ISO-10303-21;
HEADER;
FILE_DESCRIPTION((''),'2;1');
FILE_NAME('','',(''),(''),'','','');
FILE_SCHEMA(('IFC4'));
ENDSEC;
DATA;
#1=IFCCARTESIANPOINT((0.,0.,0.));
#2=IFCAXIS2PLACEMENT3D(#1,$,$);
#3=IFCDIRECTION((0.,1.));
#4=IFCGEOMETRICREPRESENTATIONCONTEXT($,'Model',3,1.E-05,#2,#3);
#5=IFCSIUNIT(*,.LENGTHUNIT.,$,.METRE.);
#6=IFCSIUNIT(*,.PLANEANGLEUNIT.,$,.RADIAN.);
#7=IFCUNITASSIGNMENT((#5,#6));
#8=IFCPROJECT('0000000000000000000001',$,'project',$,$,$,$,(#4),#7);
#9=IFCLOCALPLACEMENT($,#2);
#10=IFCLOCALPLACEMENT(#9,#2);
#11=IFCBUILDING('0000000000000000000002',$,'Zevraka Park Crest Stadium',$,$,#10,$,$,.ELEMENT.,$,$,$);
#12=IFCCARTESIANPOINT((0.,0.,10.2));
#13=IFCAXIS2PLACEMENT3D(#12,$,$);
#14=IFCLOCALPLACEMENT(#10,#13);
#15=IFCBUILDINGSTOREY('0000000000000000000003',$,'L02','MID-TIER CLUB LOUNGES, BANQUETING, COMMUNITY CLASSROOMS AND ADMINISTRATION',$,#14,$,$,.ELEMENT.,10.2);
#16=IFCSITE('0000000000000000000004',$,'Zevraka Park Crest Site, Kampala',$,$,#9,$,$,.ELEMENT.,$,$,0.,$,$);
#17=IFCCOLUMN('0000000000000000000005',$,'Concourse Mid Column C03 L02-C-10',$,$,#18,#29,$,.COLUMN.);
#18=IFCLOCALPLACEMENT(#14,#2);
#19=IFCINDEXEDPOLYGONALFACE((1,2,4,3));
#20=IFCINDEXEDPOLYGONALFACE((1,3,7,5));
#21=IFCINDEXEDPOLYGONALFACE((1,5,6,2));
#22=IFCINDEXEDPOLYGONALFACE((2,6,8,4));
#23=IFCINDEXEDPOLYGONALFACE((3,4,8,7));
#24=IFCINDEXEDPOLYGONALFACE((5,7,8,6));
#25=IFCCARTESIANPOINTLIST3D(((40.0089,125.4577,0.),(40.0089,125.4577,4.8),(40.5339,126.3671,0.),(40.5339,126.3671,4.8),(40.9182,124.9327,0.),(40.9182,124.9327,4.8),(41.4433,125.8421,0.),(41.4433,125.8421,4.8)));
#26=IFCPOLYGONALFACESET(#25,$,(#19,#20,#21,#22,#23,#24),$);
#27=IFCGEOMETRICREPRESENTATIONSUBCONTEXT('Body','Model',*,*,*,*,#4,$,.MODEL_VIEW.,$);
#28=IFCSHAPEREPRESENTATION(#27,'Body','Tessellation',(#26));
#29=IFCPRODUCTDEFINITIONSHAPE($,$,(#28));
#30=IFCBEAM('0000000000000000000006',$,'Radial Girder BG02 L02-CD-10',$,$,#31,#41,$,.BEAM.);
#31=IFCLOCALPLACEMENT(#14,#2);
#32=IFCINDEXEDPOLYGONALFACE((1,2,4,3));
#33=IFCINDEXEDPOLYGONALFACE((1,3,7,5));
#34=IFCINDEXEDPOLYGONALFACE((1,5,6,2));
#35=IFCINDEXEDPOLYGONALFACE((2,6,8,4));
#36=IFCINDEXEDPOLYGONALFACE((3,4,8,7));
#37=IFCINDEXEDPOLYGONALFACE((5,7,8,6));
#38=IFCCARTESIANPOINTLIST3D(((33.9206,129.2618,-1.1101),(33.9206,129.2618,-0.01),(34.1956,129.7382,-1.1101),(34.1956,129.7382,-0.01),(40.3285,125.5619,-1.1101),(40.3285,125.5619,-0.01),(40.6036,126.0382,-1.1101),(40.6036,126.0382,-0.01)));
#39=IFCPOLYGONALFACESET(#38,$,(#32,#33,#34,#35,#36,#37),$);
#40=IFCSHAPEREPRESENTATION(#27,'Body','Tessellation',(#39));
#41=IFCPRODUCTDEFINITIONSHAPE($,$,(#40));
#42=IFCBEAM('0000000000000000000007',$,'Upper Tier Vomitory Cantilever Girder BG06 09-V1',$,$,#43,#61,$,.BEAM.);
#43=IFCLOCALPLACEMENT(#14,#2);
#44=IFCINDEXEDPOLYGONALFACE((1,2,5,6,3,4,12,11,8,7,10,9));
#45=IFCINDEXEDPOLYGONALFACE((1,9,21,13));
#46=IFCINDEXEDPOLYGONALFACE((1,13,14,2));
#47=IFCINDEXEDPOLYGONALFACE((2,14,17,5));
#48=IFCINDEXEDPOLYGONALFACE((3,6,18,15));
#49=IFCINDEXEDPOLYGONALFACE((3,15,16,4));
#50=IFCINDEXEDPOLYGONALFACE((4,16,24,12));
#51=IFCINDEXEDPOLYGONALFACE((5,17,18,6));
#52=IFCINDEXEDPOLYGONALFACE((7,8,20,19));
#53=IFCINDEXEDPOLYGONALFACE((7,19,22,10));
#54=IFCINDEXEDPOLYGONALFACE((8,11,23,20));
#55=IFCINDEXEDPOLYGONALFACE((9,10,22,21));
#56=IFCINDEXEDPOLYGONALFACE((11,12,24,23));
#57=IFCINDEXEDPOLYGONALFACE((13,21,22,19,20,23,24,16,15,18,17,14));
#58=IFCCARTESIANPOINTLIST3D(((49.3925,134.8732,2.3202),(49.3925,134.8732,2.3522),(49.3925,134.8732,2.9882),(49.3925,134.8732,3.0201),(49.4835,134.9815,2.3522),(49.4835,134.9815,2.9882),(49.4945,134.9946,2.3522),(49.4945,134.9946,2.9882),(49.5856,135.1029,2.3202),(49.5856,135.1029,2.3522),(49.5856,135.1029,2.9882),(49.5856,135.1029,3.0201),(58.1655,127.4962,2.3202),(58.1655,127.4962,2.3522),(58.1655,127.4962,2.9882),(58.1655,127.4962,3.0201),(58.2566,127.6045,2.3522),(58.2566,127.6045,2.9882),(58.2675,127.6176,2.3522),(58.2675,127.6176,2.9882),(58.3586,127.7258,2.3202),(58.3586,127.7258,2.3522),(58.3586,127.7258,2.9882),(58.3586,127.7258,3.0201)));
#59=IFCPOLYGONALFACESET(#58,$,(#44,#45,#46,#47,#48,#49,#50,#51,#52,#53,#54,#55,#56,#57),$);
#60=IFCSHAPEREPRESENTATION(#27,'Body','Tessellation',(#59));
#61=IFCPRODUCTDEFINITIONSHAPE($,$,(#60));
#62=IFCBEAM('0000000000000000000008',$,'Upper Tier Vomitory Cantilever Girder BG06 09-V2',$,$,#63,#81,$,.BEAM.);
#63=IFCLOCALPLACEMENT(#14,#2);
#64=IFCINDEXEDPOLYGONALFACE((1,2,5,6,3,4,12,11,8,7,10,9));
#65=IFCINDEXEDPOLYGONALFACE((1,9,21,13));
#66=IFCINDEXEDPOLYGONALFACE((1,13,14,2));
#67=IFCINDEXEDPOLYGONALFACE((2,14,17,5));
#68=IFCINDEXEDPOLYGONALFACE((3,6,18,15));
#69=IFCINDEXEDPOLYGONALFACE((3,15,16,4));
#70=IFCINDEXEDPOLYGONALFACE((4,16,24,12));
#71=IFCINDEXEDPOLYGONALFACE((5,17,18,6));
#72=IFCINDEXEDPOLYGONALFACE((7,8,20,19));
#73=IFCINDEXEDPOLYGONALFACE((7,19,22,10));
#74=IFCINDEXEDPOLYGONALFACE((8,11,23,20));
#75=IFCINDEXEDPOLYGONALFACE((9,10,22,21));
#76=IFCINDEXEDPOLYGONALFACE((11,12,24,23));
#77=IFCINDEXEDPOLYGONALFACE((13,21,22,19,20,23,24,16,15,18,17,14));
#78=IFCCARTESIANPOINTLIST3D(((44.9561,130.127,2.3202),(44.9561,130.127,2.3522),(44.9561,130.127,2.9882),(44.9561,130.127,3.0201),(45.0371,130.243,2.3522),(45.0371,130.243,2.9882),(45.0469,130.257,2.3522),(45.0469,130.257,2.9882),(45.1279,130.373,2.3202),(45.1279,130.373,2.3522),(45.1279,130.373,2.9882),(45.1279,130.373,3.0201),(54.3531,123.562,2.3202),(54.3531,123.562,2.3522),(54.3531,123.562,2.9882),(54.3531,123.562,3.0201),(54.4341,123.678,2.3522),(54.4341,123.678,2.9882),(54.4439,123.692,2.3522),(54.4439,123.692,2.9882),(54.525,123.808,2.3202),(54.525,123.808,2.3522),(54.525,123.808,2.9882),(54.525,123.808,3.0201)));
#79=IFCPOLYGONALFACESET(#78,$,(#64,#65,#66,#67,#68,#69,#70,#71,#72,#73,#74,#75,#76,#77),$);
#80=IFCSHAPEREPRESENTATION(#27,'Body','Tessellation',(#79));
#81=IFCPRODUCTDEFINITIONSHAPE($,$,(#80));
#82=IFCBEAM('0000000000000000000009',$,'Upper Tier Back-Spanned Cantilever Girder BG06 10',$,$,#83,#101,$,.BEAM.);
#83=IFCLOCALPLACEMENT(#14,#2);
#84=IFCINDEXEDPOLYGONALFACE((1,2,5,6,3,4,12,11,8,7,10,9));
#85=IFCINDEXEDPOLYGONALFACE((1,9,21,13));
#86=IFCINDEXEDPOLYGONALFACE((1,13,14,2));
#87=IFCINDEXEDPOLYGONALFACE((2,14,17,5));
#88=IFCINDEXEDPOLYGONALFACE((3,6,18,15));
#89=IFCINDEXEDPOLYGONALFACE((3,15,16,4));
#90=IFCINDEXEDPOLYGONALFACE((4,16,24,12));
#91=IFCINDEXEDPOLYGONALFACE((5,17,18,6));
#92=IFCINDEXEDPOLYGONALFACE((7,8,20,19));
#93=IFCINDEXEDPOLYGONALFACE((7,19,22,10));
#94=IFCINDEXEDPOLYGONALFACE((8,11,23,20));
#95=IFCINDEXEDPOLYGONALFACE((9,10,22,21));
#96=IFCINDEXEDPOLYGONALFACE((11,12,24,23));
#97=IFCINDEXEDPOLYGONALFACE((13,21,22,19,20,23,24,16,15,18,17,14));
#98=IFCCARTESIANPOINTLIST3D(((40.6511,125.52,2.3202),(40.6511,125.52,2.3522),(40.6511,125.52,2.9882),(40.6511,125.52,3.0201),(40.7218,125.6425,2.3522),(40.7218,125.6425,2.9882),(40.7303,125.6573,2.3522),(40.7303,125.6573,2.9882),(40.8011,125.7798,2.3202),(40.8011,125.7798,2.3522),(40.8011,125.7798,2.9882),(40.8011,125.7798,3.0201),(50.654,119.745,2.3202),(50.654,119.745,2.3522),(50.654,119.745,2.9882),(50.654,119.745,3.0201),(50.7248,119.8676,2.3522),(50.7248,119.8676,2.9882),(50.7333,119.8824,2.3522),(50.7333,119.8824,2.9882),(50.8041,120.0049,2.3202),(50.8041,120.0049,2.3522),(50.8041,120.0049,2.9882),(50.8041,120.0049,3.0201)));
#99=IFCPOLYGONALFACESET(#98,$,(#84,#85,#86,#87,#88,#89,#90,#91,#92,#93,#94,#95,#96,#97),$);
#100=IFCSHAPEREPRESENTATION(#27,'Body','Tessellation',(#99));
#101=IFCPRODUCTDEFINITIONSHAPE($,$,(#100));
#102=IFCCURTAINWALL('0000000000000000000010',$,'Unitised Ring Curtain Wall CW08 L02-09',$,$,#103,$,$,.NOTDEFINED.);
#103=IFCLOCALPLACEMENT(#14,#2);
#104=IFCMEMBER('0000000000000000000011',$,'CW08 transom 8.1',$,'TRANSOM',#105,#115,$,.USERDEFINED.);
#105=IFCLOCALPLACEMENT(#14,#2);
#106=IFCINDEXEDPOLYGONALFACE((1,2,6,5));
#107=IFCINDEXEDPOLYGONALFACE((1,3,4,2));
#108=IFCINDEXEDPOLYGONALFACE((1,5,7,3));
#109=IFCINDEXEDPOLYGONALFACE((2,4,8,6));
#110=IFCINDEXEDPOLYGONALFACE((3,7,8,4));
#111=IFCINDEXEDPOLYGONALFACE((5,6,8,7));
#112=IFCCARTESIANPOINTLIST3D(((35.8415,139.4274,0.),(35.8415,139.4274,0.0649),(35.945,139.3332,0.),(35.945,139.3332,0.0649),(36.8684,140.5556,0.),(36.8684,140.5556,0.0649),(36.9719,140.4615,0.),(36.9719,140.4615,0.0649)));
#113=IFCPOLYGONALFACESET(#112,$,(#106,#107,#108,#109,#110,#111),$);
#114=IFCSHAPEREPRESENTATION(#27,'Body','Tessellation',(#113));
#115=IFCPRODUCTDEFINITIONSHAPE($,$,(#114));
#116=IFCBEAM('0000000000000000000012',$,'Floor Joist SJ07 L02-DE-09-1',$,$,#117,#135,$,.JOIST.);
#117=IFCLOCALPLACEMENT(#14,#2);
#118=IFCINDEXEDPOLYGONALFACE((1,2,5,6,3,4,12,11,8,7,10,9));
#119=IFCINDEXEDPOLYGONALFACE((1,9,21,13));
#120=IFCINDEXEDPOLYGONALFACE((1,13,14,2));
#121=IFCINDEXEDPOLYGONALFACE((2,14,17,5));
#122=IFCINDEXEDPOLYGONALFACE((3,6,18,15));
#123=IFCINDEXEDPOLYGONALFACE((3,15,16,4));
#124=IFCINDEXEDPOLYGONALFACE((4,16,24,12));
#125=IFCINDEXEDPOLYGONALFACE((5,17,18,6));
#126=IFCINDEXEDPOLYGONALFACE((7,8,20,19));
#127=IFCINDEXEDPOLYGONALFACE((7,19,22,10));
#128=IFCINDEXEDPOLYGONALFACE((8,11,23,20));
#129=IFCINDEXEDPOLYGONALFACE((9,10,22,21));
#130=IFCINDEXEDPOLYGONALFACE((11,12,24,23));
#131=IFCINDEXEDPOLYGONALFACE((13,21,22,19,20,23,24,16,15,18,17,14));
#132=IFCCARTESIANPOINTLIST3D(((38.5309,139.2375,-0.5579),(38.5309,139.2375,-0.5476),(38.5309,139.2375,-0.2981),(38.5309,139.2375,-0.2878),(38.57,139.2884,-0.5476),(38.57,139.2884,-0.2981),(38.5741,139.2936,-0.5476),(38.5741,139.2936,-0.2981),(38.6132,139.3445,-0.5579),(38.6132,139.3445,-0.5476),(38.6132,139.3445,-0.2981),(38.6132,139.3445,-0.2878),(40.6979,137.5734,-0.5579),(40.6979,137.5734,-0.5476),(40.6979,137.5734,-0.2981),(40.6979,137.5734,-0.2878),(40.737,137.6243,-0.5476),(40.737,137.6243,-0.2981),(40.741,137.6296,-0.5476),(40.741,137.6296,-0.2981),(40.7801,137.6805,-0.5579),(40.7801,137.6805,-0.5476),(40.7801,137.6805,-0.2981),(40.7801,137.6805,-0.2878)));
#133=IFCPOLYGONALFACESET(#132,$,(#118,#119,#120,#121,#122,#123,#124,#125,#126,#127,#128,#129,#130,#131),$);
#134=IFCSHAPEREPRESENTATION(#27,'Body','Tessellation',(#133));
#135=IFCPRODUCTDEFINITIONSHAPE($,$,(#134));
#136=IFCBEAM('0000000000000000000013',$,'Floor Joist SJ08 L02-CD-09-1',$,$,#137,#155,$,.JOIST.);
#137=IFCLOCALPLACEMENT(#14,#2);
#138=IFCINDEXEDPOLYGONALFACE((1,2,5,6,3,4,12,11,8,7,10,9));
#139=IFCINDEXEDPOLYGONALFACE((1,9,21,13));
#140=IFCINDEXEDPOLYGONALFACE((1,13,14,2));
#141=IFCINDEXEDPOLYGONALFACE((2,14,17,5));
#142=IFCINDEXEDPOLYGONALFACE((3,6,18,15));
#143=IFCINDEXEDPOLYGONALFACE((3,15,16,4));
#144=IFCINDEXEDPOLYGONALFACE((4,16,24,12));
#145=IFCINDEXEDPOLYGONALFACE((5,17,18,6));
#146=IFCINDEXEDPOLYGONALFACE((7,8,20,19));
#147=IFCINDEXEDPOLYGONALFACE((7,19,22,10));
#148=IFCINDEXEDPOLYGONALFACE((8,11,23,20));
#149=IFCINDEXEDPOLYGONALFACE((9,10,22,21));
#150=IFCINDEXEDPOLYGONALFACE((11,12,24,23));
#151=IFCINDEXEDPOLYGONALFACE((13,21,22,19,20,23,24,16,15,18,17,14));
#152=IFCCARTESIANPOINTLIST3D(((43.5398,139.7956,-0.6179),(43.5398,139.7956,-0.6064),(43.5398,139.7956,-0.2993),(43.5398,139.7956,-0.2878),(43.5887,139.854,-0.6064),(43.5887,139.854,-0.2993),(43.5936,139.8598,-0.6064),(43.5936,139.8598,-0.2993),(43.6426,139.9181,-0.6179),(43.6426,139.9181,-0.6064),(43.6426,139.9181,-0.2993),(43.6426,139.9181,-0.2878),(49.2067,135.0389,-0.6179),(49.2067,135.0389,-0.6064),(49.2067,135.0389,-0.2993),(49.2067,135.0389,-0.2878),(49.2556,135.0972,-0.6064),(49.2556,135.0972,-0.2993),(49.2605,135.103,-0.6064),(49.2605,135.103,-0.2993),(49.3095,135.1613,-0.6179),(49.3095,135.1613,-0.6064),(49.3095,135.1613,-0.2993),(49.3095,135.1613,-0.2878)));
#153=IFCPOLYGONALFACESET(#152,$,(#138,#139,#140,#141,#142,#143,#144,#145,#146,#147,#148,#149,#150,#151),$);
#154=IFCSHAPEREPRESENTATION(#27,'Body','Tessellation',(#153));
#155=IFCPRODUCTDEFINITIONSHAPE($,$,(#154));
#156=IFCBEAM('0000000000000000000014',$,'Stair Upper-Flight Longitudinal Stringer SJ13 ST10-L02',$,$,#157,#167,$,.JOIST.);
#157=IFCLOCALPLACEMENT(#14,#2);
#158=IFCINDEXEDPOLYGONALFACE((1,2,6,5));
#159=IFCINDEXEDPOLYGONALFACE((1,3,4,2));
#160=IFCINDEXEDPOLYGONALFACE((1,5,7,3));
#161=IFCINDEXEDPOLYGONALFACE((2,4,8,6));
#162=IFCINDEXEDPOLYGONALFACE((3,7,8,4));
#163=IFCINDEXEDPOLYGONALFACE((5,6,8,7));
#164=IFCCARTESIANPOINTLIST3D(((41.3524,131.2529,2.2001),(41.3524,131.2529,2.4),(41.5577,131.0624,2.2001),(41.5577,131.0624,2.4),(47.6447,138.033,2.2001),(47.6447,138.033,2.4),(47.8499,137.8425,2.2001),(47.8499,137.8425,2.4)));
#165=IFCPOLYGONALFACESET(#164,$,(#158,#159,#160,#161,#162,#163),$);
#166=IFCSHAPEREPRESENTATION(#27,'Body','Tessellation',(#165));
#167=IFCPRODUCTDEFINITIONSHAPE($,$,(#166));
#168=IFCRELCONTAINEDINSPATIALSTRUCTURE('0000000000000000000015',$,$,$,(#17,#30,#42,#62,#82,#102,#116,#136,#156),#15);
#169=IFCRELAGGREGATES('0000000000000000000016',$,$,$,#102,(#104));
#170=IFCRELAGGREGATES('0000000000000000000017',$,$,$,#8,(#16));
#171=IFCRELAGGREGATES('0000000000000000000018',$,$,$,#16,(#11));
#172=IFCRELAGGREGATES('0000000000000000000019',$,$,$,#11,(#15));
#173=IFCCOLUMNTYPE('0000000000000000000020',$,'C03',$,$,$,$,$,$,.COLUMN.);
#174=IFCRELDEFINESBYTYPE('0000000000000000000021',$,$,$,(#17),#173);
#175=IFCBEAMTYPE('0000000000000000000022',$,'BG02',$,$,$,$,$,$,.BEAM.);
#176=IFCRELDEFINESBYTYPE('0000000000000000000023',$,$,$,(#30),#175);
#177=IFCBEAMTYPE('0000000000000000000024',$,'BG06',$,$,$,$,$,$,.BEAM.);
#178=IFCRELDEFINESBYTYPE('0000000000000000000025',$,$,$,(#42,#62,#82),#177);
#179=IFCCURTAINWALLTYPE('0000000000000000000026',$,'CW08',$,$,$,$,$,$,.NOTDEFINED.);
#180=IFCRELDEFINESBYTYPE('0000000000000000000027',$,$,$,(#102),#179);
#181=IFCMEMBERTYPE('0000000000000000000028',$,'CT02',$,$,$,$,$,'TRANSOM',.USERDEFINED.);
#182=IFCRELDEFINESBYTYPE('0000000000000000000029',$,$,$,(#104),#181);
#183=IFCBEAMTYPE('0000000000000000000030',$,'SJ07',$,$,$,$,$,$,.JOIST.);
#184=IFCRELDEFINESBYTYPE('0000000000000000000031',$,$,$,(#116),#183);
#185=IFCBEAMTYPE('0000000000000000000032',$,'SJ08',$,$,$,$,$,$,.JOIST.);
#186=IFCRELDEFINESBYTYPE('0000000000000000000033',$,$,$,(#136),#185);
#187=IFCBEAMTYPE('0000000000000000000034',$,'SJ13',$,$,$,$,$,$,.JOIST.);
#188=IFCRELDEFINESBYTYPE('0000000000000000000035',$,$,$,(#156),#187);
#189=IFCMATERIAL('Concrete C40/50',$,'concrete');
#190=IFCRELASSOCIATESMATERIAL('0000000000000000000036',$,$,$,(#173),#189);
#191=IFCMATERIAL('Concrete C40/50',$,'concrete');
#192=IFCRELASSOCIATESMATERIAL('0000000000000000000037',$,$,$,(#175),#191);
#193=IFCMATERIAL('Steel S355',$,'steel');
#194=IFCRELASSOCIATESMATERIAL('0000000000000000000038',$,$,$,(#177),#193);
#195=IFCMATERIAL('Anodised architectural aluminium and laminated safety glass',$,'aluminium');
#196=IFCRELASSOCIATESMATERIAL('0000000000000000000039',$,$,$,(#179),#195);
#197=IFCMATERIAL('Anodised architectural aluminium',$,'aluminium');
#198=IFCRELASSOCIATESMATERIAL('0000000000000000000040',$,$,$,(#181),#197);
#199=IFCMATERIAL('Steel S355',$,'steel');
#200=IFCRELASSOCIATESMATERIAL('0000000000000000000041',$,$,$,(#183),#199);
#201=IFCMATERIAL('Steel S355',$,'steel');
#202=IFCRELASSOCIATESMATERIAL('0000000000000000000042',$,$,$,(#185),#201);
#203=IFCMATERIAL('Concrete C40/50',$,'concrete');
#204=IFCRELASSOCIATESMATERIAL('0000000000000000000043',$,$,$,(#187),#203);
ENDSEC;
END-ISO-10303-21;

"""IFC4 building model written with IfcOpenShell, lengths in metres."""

from ifc_helpers import new_model, si_unit, direction, frame, origin, origin_2d, place, context, subcontext, project, spatial, rectangle, i_section, extrude, material, material_profile, profile_set, type_object, element, aggregate, save


model = new_model("IFC4")

# Units and contexts
model_context = context("Model", 3, precision=1e-05, world=origin(), true_north=direction((0.0, 1.0)))
body_context = subcontext(model_context, "Body", "Model", "MODEL_VIEW")
ifc_project = project(units=[si_unit("LENGTHUNIT", "METRE"), si_unit("PLANEANGLEUNIT", "RADIAN")], contexts=[model_context])

# Site, building, storey
site_placement = place(None, origin())
site = spatial("IfcSite", under=ifc_project, at=site_placement, Name="Zevraka Park Crest Site, Kampala", CompositionType="ELEMENT", RefElevation=0.0)
building_placement = place(site_placement, origin())
building = spatial("IfcBuilding", under=site, at=building_placement, Name="Zevraka Park Crest Stadium", CompositionType="ELEMENT")
storey_placement = place(building_placement, frame((0.0, 0.0, 10.2)))
storey = spatial("IfcBuildingStorey", under=building, at=storey_placement, Name="L02", Description="MID-TIER CLUB LOUNGES, BANQUETING, COMMUNITY CLASSROOMS AND ADMINISTRATION", CompositionType="ELEMENT", Elevation=10.2)

# Column
ifc_material_1 = material(Name="Concrete C40/50", Category="concrete")
ifc_material_profile_1 = material_profile(ifc_material_1, rectangle(XDim=1.05, YDim=1.05, at=origin_2d()), Name="RC 1050x1050")
ifc_profile_set_1 = profile_set([ifc_material_profile_1], Name="Concrete C40/50")
column_type = type_object("IfcColumnType", Name="C03", PredefinedType="COLUMN", material=ifc_profile_set_1)
column_placement = place(storey_placement, frame((40.7261, 125.6499, 0.0), z_axis=(0.0, 0.0, 1.0), x_axis=(-0.866025, 0.5, 0.0)))
element("IfcColumn", 1, at=column_placement, inside=storey, type_object=column_type, Name="Concourse Mid Column C03 L02-C-10", PredefinedType="COLUMN", context=body_context, shape_type="SweptSolid", body=[
    extrude(rectangle(XDim=1.05, YDim=1.05, at=origin_2d()), origin(), (0.0, 0.0, 1.0), 4.8),
])

# Beams
ifc_material_2 = material(Name="Concrete C40/50", Category="concrete")
ifc_material_profile_2 = material_profile(ifc_material_2, rectangle(XDim=0.55, YDim=1.1001, at=origin_2d()), Name="RC 1100x550")
ifc_profile_set_2 = profile_set([ifc_material_profile_2], Name="Concrete C40/50")
beam_type_1 = type_object("IfcBeamType", Name="BG02", PredefinedType="BEAM", material=ifc_profile_set_2)
beam_1_placement = place(storey_placement, frame((40.4661, 125.8, -0.5601), z_axis=(-0.866007, 0.500032, 0.0), x_axis=(-0.500032, -0.866007, 0.0)))
element("IfcBeam", 2, at=beam_1_placement, inside=storey, type_object=beam_type_1, Name="Radial Girder BG02 L02-CD-10", PredefinedType="BEAM", context=body_context, shape_type="SweptSolid", body=[
    extrude(rectangle(XDim=0.55, YDim=1.1001, at=origin_2d()), origin(), (0.0, 0.0, 1.0), 7.3994),
])
ifc_material_3 = material(Name="Steel S355", Category="steel")
ifc_material_profile_3 = material_profile(ifc_material_3, i_section(OverallWidth=0.3, OverallDepth=0.7, WebThickness=0.0171, FlangeThickness=0.032, at=origin_2d()), Name="HEB 700")
ifc_profile_set_3 = profile_set([ifc_material_profile_3], Name="Steel S355")
beam_type_2 = type_object("IfcBeamType", Name="BG06", PredefinedType="BEAM", material=ifc_profile_set_3)
beam_2_placement = place(storey_placement, frame((49.489, 134.988, 2.6702), z_axis=(0.765375, -0.643585, 0.0), x_axis=(0.643585, 0.765375, 0.0)))
element("IfcBeam", 3, at=beam_2_placement, inside=storey, type_object=beam_type_2, Name="Upper Tier Vomitory Cantilever Girder BG06 09-V1", PredefinedType="BEAM", context=body_context, shape_type="SweptSolid", body=[
    extrude(i_section(OverallWidth=0.3, OverallDepth=0.7, WebThickness=0.0171, FlangeThickness=0.032, at=origin_2d()), origin(), (0.0, 0.0, 1.0), 11.4624),
])
beam_3_placement = place(storey_placement, frame((45.042, 130.25, 2.6702), z_axis=(0.819762, -0.572705, 0.0), x_axis=(0.572705, 0.819762, 0.0)))
element("IfcBeam", 4, at=beam_3_placement, inside=storey, type_object=beam_type_2, Name="Upper Tier Vomitory Cantilever Girder BG06 09-V2", PredefinedType="BEAM", context=body_context, shape_type="SweptSolid", body=[
    extrude(i_section(OverallWidth=0.3, OverallDepth=0.7, WebThickness=0.0171, FlangeThickness=0.032, at=origin_2d()), origin(), (0.0, 0.0, 1.0), 11.4631),
])
beam_4_placement = place(storey_placement, frame((40.7261, 125.6499, 2.6702), z_axis=(0.866036, -0.499981, 0.0), x_axis=(0.499981, 0.866036, 0.0)))
element("IfcBeam", 5, at=beam_4_placement, inside=storey, type_object=beam_type_2, Name="Upper Tier Back-Spanned Cantilever Girder BG06 10", PredefinedType="BEAM", context=body_context, shape_type="SweptSolid", body=[
    extrude(i_section(OverallWidth=0.3, OverallDepth=0.7, WebThickness=0.0171, FlangeThickness=0.032, at=origin_2d()), origin(), (0.0, 0.0, 1.0), 11.5503),
])

# Curtain wall, member
ifc_material_4 = material(Name="Anodised architectural aluminium and laminated safety glass", Category="aluminium")
curtain_wall_type = type_object("IfcCurtainWallType", Name="CW08", PredefinedType="NOTDEFINED", material=ifc_material_4)
curtain_wall_placement = place(storey_placement, origin())
curtain_wall = element("IfcCurtainWall", 6, at=curtain_wall_placement, inside=storey, type_object=curtain_wall_type, Name="Unitised Ring Curtain Wall CW08 L02-09", PredefinedType="NOTDEFINED")
ifc_material_5 = material(Name="Anodised architectural aluminium", Category="aluminium")
ifc_material_profile_4 = material_profile(ifc_material_5, rectangle(XDim=0.1399, YDim=0.0649, at=origin_2d()), Name="ALU TRANSOM 140x65")
ifc_profile_set_4 = profile_set([ifc_material_profile_4], Name="Anodised architectural aluminium")
member_type = type_object("IfcMemberType", Name="CT02", ElementType="TRANSOM", PredefinedType="USERDEFINED", material=ifc_profile_set_4)
member_placement = place(storey_placement, frame((36.9202, 140.5085, 0.0325), z_axis=(-0.673119, -0.739534, 0.0), x_axis=(0.739534, -0.673119, 0.0)))
member = element("IfcMember", 7, at=member_placement, type_object=member_type, Name="CW08 transom 8.1", ObjectType="TRANSOM", PredefinedType="USERDEFINED", context=body_context, shape_type="SweptSolid", body=[
    extrude(rectangle(XDim=0.1399, YDim=0.0649, at=origin_2d()), origin(), (0.0, 0.0, 1.0), 1.5256),
])
aggregate(curtain_wall, [member])

# Beams
ifc_material_6 = material(Name="Steel S355", Category="steel")
ifc_material_profile_5 = material_profile(ifc_material_6, i_section(OverallWidth=0.135, OverallDepth=0.27, WebThickness=0.0066, FlangeThickness=0.0103, at=origin_2d()), Name="IPE 270")
ifc_profile_set_5 = profile_set([ifc_material_profile_5], Name="Steel S355")
beam_type_3 = type_object("IfcBeamType", Name="SJ07", PredefinedType="JOIST", material=ifc_profile_set_5)
beam_5_placement = place(storey_placement, frame((40.739, 137.627, -0.4229), z_axis=(-0.793129, 0.609054, 0.0), x_axis=(-0.609054, -0.793129, 0.0)))
element("IfcBeam", 8, at=beam_5_placement, inside=storey, type_object=beam_type_3, Name="Floor Joist SJ07 L02-DE-09-1", PredefinedType="JOIST", context=body_context, shape_type="SweptSolid", body=[
    extrude(i_section(OverallWidth=0.135, OverallDepth=0.27, WebThickness=0.0066, FlangeThickness=0.0103, at=origin_2d()), origin(), (0.0, 0.0, 1.0), 2.7322),
])
ifc_material_7 = material(Name="Steel S355", Category="steel")
ifc_material_profile_6 = material_profile(ifc_material_7, i_section(OverallWidth=0.1599, OverallDepth=0.3301, WebThickness=0.0076, FlangeThickness=0.0115, at=origin_2d()), Name="IPE 330")
ifc_profile_set_6 = profile_set([ifc_material_profile_6], Name="Steel S355")
beam_type_4 = type_object("IfcBeamType", Name="SJ08", PredefinedType="JOIST", material=ifc_profile_set_6)
beam_6_placement = place(storey_placement, frame((49.2581, 135.1001, -0.4529), z_axis=(-0.765934, 0.64292, 0.0), x_axis=(-0.64292, -0.765934, 0.0)))
element("IfcBeam", 9, at=beam_6_placement, inside=storey, type_object=beam_type_4, Name="Floor Joist SJ08 L02-CD-09-1", PredefinedType="JOIST", context=body_context, shape_type="SweptSolid", body=[
    extrude(i_section(OverallWidth=0.1599, OverallDepth=0.3301, WebThickness=0.0076, FlangeThickness=0.0115, at=origin_2d()), origin(), (0.0, 0.0, 1.0), 7.3987),
])
ifc_material_8 = material(Name="Concrete C40/50", Category="concrete")
ifc_material_profile_7 = material_profile(ifc_material_8, rectangle(XDim=0.28, YDim=0.2, at=origin_2d()), Name="RC 200x280")
ifc_profile_set_7 = profile_set([ifc_material_profile_7], Name="Concrete C40/50")
beam_type_5 = type_object("IfcBeamType", Name="SJ13", PredefinedType="JOIST", material=ifc_profile_set_7)
beam_7_placement = place(storey_placement, frame((47.7473, 137.9377, 2.3), z_axis=(-0.680248, -0.732982, 0.0), x_axis=(0.732982, -0.680248, 0.0)))
element("IfcBeam", 10, at=beam_7_placement, inside=storey, type_object=beam_type_5, Name="Stair Upper-Flight Longitudinal Stringer SJ13 ST10-L02", PredefinedType="JOIST", context=body_context, shape_type="SweptSolid", body=[
    extrude(rectangle(XDim=0.28, YDim=0.2, at=origin_2d()), origin(), (0.0, 0.0, 1.0), 9.25),
])

save(model, "model.ifc")
